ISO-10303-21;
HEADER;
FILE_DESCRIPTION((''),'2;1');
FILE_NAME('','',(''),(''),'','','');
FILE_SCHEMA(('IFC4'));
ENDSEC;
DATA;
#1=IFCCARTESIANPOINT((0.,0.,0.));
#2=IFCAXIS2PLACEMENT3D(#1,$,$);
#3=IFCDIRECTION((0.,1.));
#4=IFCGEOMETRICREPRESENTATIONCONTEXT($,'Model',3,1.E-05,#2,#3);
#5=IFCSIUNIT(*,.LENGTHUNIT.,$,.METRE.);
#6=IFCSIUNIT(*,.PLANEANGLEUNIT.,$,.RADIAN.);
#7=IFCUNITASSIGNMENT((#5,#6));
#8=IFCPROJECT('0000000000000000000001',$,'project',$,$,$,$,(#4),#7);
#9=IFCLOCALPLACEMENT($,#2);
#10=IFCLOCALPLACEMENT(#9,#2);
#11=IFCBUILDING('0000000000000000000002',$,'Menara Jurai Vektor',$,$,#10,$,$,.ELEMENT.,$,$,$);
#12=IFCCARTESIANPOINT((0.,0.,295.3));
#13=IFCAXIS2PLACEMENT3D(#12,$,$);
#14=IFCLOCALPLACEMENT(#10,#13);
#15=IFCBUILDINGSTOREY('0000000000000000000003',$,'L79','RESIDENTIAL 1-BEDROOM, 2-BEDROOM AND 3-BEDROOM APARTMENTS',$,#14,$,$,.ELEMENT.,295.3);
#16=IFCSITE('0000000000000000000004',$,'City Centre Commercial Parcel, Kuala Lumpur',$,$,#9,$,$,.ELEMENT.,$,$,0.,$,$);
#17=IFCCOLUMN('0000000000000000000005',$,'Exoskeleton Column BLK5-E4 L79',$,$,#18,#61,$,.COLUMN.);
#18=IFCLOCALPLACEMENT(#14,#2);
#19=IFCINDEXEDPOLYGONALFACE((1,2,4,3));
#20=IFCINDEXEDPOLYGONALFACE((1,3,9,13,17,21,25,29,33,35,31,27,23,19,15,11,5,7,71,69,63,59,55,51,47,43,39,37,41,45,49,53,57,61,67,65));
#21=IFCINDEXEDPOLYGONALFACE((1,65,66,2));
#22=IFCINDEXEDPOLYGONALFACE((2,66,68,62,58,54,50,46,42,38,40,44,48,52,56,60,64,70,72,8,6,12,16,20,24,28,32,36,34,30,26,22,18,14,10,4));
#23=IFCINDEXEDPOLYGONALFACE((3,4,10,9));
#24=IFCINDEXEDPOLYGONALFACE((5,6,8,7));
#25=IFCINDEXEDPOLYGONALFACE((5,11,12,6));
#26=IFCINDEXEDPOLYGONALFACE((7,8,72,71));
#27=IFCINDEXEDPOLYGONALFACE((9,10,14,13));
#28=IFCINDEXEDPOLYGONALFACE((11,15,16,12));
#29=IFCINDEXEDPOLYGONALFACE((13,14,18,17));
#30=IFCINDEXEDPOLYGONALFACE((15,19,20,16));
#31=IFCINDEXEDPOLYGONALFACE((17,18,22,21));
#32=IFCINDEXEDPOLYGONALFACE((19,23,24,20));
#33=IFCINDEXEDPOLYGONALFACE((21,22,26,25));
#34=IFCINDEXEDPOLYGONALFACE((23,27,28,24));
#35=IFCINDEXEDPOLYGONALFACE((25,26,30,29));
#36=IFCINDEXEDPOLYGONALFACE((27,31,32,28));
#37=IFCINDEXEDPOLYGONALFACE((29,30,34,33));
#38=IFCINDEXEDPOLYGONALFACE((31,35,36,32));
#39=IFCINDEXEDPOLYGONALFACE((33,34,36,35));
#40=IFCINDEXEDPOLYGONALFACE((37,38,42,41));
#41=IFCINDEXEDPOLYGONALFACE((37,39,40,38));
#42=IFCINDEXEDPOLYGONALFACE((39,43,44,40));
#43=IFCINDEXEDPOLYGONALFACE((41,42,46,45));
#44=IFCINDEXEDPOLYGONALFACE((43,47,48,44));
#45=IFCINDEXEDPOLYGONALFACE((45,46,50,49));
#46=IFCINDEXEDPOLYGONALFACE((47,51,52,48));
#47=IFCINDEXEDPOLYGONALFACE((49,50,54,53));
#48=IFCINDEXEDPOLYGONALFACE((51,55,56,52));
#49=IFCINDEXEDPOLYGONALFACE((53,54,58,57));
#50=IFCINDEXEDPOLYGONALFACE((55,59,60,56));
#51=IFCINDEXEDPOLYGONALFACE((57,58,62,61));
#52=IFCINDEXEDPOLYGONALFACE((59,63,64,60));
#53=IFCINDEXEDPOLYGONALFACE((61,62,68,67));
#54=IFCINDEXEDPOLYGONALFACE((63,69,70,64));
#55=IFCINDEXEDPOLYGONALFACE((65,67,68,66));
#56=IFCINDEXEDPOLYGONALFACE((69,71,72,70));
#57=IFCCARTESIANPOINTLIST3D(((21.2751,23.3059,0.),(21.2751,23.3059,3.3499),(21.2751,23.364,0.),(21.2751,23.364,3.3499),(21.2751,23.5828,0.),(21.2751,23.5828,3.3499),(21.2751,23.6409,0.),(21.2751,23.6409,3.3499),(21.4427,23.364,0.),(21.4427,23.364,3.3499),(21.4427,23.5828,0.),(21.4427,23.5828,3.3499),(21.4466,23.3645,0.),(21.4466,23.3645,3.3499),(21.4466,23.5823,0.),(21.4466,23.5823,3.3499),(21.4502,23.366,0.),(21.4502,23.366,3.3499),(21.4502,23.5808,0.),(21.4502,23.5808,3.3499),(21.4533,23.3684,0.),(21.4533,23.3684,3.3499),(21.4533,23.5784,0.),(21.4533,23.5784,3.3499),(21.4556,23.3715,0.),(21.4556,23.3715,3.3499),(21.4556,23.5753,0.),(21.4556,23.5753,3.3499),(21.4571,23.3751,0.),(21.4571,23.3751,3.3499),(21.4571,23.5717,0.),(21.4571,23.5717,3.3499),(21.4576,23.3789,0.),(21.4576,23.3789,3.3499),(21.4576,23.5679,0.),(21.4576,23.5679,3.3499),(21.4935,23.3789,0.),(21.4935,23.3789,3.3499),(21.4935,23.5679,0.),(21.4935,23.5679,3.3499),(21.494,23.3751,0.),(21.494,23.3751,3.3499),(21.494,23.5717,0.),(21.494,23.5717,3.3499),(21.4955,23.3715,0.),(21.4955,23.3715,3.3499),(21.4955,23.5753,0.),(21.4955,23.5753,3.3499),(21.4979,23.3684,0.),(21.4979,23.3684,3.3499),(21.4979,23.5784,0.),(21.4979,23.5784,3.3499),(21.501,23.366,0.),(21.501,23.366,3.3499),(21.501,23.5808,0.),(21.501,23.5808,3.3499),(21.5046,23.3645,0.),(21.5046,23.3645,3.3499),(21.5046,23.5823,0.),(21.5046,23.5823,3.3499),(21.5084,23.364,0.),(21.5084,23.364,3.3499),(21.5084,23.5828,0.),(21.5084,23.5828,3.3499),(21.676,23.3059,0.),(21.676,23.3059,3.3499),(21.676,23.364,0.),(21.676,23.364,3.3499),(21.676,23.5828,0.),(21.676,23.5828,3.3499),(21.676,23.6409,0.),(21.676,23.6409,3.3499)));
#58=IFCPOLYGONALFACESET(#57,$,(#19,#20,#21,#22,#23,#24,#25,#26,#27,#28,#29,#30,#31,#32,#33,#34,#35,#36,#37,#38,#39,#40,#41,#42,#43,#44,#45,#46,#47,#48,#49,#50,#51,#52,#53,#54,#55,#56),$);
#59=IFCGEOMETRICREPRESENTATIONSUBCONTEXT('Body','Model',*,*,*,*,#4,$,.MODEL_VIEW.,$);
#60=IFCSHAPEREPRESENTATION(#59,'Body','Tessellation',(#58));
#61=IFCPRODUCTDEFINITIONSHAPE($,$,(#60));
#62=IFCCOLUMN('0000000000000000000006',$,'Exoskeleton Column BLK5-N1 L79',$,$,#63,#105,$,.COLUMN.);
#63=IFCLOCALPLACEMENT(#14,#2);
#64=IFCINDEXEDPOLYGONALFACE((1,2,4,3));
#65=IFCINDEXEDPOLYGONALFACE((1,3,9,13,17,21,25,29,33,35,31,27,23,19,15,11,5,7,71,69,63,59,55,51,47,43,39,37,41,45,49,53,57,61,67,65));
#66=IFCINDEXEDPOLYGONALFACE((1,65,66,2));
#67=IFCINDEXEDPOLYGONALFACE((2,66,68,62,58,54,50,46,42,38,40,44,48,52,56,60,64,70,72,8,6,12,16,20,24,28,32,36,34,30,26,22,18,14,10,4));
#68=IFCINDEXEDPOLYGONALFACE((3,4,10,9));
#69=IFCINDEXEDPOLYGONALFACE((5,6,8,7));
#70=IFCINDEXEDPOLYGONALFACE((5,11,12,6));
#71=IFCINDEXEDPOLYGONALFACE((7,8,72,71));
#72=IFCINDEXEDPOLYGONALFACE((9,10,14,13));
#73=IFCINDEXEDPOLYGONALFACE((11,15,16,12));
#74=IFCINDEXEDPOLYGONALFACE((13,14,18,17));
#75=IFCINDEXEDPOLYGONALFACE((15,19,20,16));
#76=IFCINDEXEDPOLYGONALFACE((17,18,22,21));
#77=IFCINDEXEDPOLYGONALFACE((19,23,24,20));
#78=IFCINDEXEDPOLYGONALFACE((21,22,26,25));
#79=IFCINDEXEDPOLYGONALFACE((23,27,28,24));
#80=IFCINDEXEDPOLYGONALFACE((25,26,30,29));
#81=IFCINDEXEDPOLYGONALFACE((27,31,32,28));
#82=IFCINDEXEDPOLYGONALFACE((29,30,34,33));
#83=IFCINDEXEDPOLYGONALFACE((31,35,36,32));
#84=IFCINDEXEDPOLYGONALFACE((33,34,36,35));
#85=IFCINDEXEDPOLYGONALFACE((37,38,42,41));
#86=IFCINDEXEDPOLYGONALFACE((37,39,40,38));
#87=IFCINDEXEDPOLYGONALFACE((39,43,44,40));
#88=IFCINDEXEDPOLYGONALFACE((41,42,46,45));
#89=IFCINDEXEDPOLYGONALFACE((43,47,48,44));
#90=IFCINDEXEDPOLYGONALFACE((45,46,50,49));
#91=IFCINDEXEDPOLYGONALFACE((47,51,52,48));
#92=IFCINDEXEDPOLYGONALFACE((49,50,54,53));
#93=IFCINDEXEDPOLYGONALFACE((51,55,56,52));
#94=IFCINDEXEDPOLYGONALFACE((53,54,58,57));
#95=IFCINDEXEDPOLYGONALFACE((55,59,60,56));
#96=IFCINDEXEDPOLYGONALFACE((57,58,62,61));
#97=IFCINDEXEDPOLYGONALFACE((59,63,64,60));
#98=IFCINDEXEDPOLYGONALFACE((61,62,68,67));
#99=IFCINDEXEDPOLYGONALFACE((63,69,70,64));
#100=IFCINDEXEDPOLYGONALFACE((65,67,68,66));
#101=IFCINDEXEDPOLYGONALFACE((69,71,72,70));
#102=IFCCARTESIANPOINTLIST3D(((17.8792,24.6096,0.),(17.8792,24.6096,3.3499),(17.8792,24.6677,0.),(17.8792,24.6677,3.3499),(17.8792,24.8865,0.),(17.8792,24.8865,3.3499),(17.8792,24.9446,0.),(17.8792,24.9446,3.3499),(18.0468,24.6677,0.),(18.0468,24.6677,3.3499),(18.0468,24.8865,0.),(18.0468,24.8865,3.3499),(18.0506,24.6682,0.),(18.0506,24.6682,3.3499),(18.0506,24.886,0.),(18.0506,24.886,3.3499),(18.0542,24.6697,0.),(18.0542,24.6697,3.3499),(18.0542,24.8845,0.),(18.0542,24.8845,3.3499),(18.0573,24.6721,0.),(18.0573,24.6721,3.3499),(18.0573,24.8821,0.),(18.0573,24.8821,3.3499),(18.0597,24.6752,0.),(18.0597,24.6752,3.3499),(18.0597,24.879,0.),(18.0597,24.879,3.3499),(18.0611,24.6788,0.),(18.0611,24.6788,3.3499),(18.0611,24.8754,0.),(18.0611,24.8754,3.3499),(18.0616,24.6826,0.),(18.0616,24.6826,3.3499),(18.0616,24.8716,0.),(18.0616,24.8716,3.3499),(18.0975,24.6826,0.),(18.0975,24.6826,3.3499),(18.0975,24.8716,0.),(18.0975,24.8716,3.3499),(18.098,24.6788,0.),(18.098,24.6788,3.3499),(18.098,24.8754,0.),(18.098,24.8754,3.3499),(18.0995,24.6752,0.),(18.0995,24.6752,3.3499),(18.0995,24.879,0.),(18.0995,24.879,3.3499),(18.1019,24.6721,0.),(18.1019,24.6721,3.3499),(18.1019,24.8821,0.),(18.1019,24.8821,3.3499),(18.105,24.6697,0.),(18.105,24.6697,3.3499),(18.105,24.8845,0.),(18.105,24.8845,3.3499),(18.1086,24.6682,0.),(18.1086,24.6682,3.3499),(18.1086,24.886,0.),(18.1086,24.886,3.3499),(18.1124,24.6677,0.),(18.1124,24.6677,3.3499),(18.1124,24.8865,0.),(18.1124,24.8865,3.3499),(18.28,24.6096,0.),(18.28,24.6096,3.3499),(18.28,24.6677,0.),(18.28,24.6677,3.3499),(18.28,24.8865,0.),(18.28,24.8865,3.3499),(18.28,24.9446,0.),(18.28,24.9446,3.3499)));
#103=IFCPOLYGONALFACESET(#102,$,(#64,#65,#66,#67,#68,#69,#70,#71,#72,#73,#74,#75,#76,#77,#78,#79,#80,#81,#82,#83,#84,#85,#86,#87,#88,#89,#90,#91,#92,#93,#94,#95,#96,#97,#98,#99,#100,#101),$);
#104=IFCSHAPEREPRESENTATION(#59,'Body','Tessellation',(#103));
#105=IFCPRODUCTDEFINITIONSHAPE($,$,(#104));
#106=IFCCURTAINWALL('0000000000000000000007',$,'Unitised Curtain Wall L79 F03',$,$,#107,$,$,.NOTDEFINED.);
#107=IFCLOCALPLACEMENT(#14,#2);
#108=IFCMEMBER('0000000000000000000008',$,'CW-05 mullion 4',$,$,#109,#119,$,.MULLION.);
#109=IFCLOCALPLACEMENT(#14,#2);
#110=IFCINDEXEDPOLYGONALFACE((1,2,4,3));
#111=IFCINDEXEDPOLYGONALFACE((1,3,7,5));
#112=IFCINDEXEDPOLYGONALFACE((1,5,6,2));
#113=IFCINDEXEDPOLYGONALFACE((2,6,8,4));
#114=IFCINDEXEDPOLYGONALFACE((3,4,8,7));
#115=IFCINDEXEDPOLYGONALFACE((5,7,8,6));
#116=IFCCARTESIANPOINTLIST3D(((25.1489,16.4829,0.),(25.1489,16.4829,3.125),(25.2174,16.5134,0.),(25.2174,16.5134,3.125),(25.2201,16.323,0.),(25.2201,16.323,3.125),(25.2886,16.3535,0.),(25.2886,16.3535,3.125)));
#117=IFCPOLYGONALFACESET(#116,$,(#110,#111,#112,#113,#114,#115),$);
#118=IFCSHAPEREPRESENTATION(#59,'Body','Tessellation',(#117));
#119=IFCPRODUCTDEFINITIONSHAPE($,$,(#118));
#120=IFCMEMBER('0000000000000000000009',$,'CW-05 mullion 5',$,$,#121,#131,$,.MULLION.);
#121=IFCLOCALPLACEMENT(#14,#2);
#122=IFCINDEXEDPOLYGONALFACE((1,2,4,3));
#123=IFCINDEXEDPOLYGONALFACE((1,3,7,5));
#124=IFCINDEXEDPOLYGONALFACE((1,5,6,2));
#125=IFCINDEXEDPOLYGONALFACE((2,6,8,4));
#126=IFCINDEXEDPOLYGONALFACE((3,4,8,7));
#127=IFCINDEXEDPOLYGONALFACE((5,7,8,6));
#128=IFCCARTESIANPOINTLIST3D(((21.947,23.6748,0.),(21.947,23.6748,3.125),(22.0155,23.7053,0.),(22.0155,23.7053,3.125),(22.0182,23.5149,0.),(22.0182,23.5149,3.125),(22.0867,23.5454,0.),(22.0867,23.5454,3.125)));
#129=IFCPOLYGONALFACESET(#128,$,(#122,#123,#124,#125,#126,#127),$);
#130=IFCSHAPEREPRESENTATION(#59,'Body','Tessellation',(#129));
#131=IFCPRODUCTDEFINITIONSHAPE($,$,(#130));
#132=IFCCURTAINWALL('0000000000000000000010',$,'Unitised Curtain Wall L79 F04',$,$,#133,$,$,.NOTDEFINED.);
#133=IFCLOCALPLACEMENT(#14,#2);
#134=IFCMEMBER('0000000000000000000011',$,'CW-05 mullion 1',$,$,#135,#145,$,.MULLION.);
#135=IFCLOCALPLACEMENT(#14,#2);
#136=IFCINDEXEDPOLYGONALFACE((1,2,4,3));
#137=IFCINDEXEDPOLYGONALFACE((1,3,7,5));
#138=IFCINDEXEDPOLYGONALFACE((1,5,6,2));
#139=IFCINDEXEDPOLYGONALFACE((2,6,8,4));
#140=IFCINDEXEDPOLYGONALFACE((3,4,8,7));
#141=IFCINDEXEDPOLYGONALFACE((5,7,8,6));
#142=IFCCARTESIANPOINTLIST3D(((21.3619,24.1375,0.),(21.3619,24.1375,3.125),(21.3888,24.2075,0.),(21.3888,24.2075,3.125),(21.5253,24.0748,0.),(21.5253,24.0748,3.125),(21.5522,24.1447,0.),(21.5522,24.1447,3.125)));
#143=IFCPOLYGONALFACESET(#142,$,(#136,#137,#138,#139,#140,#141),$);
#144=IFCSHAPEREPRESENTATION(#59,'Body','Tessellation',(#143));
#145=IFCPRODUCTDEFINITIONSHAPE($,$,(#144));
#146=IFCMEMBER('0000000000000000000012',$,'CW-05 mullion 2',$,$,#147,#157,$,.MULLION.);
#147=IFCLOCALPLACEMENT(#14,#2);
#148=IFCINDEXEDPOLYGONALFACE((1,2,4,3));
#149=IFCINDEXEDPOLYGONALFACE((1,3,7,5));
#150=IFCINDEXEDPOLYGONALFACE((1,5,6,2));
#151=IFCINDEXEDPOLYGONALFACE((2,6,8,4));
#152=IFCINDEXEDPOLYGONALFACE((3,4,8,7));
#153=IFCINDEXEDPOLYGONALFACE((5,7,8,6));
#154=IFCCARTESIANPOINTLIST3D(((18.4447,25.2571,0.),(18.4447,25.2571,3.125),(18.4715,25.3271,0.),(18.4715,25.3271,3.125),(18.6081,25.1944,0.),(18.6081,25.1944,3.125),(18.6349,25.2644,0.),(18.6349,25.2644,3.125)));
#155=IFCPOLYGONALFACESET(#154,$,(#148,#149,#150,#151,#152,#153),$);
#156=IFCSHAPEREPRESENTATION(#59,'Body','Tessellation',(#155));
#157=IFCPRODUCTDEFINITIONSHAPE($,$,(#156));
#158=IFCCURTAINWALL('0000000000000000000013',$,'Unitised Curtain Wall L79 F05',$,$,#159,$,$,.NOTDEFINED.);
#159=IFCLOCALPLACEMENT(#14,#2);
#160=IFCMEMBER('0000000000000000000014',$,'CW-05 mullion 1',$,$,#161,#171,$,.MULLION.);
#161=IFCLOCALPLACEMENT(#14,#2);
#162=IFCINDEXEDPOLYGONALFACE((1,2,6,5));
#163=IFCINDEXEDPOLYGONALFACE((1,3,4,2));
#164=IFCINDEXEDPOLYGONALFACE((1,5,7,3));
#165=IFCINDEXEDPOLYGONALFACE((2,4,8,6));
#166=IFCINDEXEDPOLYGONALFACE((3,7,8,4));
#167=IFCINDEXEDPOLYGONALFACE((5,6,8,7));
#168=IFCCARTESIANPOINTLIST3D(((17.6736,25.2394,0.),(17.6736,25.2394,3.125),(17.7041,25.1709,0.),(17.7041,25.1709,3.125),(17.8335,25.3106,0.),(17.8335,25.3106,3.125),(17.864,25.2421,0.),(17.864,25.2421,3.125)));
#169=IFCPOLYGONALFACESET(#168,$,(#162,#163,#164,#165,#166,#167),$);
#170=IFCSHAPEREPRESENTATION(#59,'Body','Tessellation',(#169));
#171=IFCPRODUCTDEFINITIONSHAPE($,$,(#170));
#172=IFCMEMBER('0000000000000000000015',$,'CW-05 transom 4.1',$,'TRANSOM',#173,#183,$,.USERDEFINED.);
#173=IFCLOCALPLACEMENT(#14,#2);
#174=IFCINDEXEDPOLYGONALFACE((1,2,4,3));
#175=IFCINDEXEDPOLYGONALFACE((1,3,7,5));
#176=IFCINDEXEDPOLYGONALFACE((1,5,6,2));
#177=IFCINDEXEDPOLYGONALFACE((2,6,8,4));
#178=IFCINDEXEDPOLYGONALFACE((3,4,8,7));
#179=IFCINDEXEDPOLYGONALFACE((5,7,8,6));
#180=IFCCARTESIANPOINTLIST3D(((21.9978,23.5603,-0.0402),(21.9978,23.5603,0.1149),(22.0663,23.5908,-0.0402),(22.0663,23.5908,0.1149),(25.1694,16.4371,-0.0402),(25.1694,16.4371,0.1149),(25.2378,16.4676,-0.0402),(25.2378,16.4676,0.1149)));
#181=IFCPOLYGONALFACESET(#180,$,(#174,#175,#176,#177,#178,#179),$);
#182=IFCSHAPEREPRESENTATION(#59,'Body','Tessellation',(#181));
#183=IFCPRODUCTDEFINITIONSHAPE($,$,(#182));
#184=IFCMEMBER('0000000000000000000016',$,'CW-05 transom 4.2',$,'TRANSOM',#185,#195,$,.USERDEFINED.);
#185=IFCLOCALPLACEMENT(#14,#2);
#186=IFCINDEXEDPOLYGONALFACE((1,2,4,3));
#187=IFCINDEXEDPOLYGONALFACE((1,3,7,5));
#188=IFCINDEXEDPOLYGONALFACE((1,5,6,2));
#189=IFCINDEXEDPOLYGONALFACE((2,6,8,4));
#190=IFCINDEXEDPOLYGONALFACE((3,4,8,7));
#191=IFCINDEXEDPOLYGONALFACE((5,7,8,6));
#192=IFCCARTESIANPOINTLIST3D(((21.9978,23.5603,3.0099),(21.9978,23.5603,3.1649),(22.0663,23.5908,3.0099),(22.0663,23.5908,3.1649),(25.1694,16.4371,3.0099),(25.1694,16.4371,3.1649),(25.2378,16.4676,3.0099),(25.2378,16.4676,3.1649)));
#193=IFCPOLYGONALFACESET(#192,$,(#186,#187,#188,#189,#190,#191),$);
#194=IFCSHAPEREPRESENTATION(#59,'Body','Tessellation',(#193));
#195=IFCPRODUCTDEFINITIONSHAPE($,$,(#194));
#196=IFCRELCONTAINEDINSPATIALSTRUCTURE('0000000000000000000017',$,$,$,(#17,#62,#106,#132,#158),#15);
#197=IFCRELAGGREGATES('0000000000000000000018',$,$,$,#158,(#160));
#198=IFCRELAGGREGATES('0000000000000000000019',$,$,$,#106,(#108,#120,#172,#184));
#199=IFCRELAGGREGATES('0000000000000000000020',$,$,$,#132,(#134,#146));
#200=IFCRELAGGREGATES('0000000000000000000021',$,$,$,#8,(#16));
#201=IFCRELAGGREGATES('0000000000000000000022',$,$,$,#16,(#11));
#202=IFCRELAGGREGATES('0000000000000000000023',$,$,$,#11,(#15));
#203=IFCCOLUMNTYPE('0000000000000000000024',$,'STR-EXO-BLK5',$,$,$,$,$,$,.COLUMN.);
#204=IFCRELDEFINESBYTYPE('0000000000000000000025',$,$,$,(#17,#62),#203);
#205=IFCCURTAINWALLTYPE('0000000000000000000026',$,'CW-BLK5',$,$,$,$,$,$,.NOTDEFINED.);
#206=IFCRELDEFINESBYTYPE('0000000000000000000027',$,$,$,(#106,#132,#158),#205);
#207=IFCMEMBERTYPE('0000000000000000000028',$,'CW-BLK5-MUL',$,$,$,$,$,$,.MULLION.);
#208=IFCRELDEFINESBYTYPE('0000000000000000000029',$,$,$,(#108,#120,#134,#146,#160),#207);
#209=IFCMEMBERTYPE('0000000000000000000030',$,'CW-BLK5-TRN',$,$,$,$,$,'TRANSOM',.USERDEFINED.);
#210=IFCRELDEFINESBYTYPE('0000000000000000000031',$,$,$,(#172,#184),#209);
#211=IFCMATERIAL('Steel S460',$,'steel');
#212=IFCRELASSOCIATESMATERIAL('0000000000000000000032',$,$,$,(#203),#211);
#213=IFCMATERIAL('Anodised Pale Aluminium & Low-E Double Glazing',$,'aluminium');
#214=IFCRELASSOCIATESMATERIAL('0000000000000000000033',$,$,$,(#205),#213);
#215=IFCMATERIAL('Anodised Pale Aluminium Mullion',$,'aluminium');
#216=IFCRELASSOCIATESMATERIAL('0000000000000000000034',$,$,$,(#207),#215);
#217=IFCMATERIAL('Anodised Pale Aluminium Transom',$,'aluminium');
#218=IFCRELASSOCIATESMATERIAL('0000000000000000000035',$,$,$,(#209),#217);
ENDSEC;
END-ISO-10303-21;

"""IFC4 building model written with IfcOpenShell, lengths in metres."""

from ifc_helpers import new_model, si_unit, direction, frame, origin, origin_2d, place, context, subcontext, project, spatial, rectangle, i_section, extrude, material, material_profile, profile_set, type_object, element, aggregate, save


model = new_model("IFC4")

# Units and contexts
model_context = context("Model", 3, precision=1e-05, world=origin(), true_north=direction((0.0, 1.0)))
body_context = subcontext(model_context, "Body", "Model", "MODEL_VIEW")
ifc_project = project(units=[si_unit("LENGTHUNIT", "METRE"), si_unit("PLANEANGLEUNIT", "RADIAN")], contexts=[model_context])

# Site, building, storey
site_placement = place(None, origin())
site = spatial("IfcSite", under=ifc_project, at=site_placement, Name="City Centre Commercial Parcel, Kuala Lumpur", CompositionType="ELEMENT", RefElevation=0.0)
building_placement = place(site_placement, origin())
building = spatial("IfcBuilding", under=site, at=building_placement, Name="Menara Jurai Vektor", CompositionType="ELEMENT")
storey_placement = place(building_placement, frame((0.0, 0.0, 295.3)))
storey = spatial("IfcBuildingStorey", under=building, at=storey_placement, Name="L79", Description="RESIDENTIAL 1-BEDROOM, 2-BEDROOM AND 3-BEDROOM APARTMENTS", CompositionType="ELEMENT", Elevation=295.3)

# Columns
ifc_material_1 = material(Name="Steel S460", Category="steel")
ifc_material_profile_1 = material_profile(ifc_material_1, i_section(OverallWidth=0.4009, OverallDepth=0.335, WebThickness=0.0359, FlangeThickness=0.0581, FilletRadius=0.0149, at=origin_2d()), Name="HD 400x463")
ifc_profile_set_1 = profile_set([ifc_material_profile_1], Name="Steel S460")
column_type = type_object("IfcColumnType", Name="STR-EXO-BLK5", PredefinedType="COLUMN", material=ifc_profile_set_1)
for number, where, z_axis, x_axis, name in (
    (1, (21.4756, 23.4734, 0.0), (0.0, 0.0, 1.0), (1.0, 0.0, 0.0), "Exoskeleton Column BLK5-E4 L79"),
    (2, (18.0796, 24.7771, 0.0), (0.0, 0.0, 1.0), (1.0, 0.0, 0.0), "Exoskeleton Column BLK5-N1 L79"),
):
    element("IfcColumn", number, at=place(storey_placement, frame(where, z_axis=z_axis, x_axis=x_axis)), inside=storey, type_object=column_type, Name=name, PredefinedType="COLUMN", context=body_context, shape_type="SweptSolid", body=[
        extrude(i_section(OverallWidth=0.4009, OverallDepth=0.335, WebThickness=0.0359, FlangeThickness=0.0581, FilletRadius=0.0149, at=origin_2d()), origin(), (0.0, 0.0, 1.0), 3.3499),
    ])

# Curtain walls, members
ifc_material_2 = material(Name="Anodised Pale Aluminium & Low-E Double Glazing", Category="aluminium")
curtain_wall_type = type_object("IfcCurtainWallType", Name="CW-BLK5", PredefinedType="NOTDEFINED", material=ifc_material_2)
curtain_wall_1_placement = place(storey_placement, origin())
curtain_wall_1 = element("IfcCurtainWall", 3, at=curtain_wall_1_placement, inside=storey, type_object=curtain_wall_type, Name="Unitised Curtain Wall L79 F03", PredefinedType="NOTDEFINED")
ifc_material_3 = material(Name="Anodised Pale Aluminium Mullion", Category="aluminium")
ifc_material_profile_2 = material_profile(ifc_material_3, rectangle(XDim=0.075, YDim=0.175, at=origin_2d()), Name="ALU MUL 75x175")
ifc_profile_set_2 = profile_set([ifc_material_profile_2], Name="Anodised Pale Aluminium Mullion")
member_type_1 = type_object("IfcMemberType", Name="CW-BLK5-MUL", PredefinedType="MULLION", material=ifc_profile_set_2)
member_1_placement = place(storey_placement, frame((25.2188, 16.4182, 0.0), z_axis=(0.0, 0.0, 1.0), x_axis=(-0.913546, -0.406735, 0.0)))
member_1 = element("IfcMember", 4, at=member_1_placement, type_object=member_type_1, Name="CW-05 mullion 4", PredefinedType="MULLION", context=body_context, shape_type="SweptSolid", body=[
    extrude(rectangle(XDim=0.075, YDim=0.175, at=origin_2d()), origin(), (0.0, 0.0, 1.0), 3.125),
])
member_2_placement = place(storey_placement, frame((22.0168, 23.6101, 0.0), z_axis=(0.0, 0.0, 1.0), x_axis=(-0.913546, -0.406735, 0.0)))
member_2 = element("IfcMember", 5, at=member_2_placement, type_object=member_type_1, Name="CW-05 mullion 5", PredefinedType="MULLION", context=body_context, shape_type="SweptSolid", body=[
    extrude(rectangle(XDim=0.075, YDim=0.175, at=origin_2d()), origin(), (0.0, 0.0, 1.0), 3.125),
])
curtain_wall_2_placement = place(storey_placement, origin())
curtain_wall_2 = element("IfcCurtainWall", 6, at=curtain_wall_2_placement, inside=storey, type_object=curtain_wall_type, Name="Unitised Curtain Wall L79 F04", PredefinedType="NOTDEFINED")
member_3_placement = place(storey_placement, frame((21.457, 24.1411, 0.0), z_axis=(0.0, 0.0, 1.0), x_axis=(-0.358374, -0.933578, 0.0)))
member_3 = element("IfcMember", 7, at=member_3_placement, type_object=member_type_1, Name="CW-05 mullion 1", PredefinedType="MULLION", context=body_context, shape_type="SweptSolid", body=[
    extrude(rectangle(XDim=0.075, YDim=0.175, at=origin_2d()), origin(), (0.0, 0.0, 1.0), 3.125),
])
member_4_placement = place(storey_placement, frame((18.5398, 25.2607, 0.0), z_axis=(0.0, 0.0, 1.0), x_axis=(-0.358374, -0.933578, 0.0)))
member_4 = element("IfcMember", 8, at=member_4_placement, type_object=member_type_1, Name="CW-05 mullion 2", PredefinedType="MULLION", context=body_context, shape_type="SweptSolid", body=[
    extrude(rectangle(XDim=0.075, YDim=0.175, at=origin_2d()), origin(), (0.0, 0.0, 1.0), 3.125),
])

# Curtain wall, member
curtain_wall_3_placement = place(storey_placement, origin())
curtain_wall_3 = element("IfcCurtainWall", 9, at=curtain_wall_3_placement, inside=storey, type_object=curtain_wall_type, Name="Unitised Curtain Wall L79 F05", PredefinedType="NOTDEFINED")
member_5_placement = place(storey_placement, frame((17.7688, 25.2407, 0.0), z_axis=(0.0, 0.0, 1.0), x_axis=(0.406735, -0.913546, 0.0)))
member_5 = element("IfcMember", 10, at=member_5_placement, type_object=member_type_1, Name="CW-05 mullion 1", PredefinedType="MULLION", context=body_context, shape_type="SweptSolid", body=[
    extrude(rectangle(XDim=0.075, YDim=0.175, at=origin_2d()), origin(), (0.0, 0.0, 1.0), 3.125),
])

# Members
ifc_material_4 = material(Name="Anodised Pale Aluminium Transom", Category="aluminium")
ifc_material_profile_3 = material_profile(ifc_material_4, rectangle(XDim=0.075, YDim=0.155, at=origin_2d()), Name="ALU TRN 75x155")
ifc_profile_set_3 = profile_set([ifc_material_profile_3], Name="Anodised Pale Aluminium Transom")
member_type_2 = type_object("IfcMemberType", Name="CW-BLK5-TRN", ElementType="TRANSOM", PredefinedType="USERDEFINED", material=ifc_profile_set_3)
member_6_placement = place(storey_placement, frame((25.2036, 16.4524, 0.0374), z_axis=(-0.406751, 0.913539, 0.0), x_axis=(-0.913539, -0.406751, 0.0)))
member_6 = element("IfcMember", 11, at=member_6_placement, type_object=member_type_2, Name="CW-05 transom 4.1", ObjectType="TRANSOM", PredefinedType="USERDEFINED", context=body_context, shape_type="SweptSolid", body=[
    extrude(rectangle(XDim=0.075, YDim=0.155, at=origin_2d()), origin(), (0.0, 0.0, 1.0), 7.7974),
])
member_7_placement = place(storey_placement, frame((25.2036, 16.4524, 3.0874), z_axis=(-0.406751, 0.913539, 0.0), x_axis=(-0.913539, -0.406751, 0.0)))
member_7 = element("IfcMember", 12, at=member_7_placement, type_object=member_type_2, Name="CW-05 transom 4.2", ObjectType="TRANSOM", PredefinedType="USERDEFINED", context=body_context, shape_type="SweptSolid", body=[
    extrude(rectangle(XDim=0.075, YDim=0.155, at=origin_2d()), origin(), (0.0, 0.0, 1.0), 7.7974),
])
aggregate(curtain_wall_3, [member_5])

aggregate(curtain_wall_1, [member_1, member_2, member_6, member_7])
aggregate(curtain_wall_2, [member_3, member_4])

save(model, "model.ifc")
